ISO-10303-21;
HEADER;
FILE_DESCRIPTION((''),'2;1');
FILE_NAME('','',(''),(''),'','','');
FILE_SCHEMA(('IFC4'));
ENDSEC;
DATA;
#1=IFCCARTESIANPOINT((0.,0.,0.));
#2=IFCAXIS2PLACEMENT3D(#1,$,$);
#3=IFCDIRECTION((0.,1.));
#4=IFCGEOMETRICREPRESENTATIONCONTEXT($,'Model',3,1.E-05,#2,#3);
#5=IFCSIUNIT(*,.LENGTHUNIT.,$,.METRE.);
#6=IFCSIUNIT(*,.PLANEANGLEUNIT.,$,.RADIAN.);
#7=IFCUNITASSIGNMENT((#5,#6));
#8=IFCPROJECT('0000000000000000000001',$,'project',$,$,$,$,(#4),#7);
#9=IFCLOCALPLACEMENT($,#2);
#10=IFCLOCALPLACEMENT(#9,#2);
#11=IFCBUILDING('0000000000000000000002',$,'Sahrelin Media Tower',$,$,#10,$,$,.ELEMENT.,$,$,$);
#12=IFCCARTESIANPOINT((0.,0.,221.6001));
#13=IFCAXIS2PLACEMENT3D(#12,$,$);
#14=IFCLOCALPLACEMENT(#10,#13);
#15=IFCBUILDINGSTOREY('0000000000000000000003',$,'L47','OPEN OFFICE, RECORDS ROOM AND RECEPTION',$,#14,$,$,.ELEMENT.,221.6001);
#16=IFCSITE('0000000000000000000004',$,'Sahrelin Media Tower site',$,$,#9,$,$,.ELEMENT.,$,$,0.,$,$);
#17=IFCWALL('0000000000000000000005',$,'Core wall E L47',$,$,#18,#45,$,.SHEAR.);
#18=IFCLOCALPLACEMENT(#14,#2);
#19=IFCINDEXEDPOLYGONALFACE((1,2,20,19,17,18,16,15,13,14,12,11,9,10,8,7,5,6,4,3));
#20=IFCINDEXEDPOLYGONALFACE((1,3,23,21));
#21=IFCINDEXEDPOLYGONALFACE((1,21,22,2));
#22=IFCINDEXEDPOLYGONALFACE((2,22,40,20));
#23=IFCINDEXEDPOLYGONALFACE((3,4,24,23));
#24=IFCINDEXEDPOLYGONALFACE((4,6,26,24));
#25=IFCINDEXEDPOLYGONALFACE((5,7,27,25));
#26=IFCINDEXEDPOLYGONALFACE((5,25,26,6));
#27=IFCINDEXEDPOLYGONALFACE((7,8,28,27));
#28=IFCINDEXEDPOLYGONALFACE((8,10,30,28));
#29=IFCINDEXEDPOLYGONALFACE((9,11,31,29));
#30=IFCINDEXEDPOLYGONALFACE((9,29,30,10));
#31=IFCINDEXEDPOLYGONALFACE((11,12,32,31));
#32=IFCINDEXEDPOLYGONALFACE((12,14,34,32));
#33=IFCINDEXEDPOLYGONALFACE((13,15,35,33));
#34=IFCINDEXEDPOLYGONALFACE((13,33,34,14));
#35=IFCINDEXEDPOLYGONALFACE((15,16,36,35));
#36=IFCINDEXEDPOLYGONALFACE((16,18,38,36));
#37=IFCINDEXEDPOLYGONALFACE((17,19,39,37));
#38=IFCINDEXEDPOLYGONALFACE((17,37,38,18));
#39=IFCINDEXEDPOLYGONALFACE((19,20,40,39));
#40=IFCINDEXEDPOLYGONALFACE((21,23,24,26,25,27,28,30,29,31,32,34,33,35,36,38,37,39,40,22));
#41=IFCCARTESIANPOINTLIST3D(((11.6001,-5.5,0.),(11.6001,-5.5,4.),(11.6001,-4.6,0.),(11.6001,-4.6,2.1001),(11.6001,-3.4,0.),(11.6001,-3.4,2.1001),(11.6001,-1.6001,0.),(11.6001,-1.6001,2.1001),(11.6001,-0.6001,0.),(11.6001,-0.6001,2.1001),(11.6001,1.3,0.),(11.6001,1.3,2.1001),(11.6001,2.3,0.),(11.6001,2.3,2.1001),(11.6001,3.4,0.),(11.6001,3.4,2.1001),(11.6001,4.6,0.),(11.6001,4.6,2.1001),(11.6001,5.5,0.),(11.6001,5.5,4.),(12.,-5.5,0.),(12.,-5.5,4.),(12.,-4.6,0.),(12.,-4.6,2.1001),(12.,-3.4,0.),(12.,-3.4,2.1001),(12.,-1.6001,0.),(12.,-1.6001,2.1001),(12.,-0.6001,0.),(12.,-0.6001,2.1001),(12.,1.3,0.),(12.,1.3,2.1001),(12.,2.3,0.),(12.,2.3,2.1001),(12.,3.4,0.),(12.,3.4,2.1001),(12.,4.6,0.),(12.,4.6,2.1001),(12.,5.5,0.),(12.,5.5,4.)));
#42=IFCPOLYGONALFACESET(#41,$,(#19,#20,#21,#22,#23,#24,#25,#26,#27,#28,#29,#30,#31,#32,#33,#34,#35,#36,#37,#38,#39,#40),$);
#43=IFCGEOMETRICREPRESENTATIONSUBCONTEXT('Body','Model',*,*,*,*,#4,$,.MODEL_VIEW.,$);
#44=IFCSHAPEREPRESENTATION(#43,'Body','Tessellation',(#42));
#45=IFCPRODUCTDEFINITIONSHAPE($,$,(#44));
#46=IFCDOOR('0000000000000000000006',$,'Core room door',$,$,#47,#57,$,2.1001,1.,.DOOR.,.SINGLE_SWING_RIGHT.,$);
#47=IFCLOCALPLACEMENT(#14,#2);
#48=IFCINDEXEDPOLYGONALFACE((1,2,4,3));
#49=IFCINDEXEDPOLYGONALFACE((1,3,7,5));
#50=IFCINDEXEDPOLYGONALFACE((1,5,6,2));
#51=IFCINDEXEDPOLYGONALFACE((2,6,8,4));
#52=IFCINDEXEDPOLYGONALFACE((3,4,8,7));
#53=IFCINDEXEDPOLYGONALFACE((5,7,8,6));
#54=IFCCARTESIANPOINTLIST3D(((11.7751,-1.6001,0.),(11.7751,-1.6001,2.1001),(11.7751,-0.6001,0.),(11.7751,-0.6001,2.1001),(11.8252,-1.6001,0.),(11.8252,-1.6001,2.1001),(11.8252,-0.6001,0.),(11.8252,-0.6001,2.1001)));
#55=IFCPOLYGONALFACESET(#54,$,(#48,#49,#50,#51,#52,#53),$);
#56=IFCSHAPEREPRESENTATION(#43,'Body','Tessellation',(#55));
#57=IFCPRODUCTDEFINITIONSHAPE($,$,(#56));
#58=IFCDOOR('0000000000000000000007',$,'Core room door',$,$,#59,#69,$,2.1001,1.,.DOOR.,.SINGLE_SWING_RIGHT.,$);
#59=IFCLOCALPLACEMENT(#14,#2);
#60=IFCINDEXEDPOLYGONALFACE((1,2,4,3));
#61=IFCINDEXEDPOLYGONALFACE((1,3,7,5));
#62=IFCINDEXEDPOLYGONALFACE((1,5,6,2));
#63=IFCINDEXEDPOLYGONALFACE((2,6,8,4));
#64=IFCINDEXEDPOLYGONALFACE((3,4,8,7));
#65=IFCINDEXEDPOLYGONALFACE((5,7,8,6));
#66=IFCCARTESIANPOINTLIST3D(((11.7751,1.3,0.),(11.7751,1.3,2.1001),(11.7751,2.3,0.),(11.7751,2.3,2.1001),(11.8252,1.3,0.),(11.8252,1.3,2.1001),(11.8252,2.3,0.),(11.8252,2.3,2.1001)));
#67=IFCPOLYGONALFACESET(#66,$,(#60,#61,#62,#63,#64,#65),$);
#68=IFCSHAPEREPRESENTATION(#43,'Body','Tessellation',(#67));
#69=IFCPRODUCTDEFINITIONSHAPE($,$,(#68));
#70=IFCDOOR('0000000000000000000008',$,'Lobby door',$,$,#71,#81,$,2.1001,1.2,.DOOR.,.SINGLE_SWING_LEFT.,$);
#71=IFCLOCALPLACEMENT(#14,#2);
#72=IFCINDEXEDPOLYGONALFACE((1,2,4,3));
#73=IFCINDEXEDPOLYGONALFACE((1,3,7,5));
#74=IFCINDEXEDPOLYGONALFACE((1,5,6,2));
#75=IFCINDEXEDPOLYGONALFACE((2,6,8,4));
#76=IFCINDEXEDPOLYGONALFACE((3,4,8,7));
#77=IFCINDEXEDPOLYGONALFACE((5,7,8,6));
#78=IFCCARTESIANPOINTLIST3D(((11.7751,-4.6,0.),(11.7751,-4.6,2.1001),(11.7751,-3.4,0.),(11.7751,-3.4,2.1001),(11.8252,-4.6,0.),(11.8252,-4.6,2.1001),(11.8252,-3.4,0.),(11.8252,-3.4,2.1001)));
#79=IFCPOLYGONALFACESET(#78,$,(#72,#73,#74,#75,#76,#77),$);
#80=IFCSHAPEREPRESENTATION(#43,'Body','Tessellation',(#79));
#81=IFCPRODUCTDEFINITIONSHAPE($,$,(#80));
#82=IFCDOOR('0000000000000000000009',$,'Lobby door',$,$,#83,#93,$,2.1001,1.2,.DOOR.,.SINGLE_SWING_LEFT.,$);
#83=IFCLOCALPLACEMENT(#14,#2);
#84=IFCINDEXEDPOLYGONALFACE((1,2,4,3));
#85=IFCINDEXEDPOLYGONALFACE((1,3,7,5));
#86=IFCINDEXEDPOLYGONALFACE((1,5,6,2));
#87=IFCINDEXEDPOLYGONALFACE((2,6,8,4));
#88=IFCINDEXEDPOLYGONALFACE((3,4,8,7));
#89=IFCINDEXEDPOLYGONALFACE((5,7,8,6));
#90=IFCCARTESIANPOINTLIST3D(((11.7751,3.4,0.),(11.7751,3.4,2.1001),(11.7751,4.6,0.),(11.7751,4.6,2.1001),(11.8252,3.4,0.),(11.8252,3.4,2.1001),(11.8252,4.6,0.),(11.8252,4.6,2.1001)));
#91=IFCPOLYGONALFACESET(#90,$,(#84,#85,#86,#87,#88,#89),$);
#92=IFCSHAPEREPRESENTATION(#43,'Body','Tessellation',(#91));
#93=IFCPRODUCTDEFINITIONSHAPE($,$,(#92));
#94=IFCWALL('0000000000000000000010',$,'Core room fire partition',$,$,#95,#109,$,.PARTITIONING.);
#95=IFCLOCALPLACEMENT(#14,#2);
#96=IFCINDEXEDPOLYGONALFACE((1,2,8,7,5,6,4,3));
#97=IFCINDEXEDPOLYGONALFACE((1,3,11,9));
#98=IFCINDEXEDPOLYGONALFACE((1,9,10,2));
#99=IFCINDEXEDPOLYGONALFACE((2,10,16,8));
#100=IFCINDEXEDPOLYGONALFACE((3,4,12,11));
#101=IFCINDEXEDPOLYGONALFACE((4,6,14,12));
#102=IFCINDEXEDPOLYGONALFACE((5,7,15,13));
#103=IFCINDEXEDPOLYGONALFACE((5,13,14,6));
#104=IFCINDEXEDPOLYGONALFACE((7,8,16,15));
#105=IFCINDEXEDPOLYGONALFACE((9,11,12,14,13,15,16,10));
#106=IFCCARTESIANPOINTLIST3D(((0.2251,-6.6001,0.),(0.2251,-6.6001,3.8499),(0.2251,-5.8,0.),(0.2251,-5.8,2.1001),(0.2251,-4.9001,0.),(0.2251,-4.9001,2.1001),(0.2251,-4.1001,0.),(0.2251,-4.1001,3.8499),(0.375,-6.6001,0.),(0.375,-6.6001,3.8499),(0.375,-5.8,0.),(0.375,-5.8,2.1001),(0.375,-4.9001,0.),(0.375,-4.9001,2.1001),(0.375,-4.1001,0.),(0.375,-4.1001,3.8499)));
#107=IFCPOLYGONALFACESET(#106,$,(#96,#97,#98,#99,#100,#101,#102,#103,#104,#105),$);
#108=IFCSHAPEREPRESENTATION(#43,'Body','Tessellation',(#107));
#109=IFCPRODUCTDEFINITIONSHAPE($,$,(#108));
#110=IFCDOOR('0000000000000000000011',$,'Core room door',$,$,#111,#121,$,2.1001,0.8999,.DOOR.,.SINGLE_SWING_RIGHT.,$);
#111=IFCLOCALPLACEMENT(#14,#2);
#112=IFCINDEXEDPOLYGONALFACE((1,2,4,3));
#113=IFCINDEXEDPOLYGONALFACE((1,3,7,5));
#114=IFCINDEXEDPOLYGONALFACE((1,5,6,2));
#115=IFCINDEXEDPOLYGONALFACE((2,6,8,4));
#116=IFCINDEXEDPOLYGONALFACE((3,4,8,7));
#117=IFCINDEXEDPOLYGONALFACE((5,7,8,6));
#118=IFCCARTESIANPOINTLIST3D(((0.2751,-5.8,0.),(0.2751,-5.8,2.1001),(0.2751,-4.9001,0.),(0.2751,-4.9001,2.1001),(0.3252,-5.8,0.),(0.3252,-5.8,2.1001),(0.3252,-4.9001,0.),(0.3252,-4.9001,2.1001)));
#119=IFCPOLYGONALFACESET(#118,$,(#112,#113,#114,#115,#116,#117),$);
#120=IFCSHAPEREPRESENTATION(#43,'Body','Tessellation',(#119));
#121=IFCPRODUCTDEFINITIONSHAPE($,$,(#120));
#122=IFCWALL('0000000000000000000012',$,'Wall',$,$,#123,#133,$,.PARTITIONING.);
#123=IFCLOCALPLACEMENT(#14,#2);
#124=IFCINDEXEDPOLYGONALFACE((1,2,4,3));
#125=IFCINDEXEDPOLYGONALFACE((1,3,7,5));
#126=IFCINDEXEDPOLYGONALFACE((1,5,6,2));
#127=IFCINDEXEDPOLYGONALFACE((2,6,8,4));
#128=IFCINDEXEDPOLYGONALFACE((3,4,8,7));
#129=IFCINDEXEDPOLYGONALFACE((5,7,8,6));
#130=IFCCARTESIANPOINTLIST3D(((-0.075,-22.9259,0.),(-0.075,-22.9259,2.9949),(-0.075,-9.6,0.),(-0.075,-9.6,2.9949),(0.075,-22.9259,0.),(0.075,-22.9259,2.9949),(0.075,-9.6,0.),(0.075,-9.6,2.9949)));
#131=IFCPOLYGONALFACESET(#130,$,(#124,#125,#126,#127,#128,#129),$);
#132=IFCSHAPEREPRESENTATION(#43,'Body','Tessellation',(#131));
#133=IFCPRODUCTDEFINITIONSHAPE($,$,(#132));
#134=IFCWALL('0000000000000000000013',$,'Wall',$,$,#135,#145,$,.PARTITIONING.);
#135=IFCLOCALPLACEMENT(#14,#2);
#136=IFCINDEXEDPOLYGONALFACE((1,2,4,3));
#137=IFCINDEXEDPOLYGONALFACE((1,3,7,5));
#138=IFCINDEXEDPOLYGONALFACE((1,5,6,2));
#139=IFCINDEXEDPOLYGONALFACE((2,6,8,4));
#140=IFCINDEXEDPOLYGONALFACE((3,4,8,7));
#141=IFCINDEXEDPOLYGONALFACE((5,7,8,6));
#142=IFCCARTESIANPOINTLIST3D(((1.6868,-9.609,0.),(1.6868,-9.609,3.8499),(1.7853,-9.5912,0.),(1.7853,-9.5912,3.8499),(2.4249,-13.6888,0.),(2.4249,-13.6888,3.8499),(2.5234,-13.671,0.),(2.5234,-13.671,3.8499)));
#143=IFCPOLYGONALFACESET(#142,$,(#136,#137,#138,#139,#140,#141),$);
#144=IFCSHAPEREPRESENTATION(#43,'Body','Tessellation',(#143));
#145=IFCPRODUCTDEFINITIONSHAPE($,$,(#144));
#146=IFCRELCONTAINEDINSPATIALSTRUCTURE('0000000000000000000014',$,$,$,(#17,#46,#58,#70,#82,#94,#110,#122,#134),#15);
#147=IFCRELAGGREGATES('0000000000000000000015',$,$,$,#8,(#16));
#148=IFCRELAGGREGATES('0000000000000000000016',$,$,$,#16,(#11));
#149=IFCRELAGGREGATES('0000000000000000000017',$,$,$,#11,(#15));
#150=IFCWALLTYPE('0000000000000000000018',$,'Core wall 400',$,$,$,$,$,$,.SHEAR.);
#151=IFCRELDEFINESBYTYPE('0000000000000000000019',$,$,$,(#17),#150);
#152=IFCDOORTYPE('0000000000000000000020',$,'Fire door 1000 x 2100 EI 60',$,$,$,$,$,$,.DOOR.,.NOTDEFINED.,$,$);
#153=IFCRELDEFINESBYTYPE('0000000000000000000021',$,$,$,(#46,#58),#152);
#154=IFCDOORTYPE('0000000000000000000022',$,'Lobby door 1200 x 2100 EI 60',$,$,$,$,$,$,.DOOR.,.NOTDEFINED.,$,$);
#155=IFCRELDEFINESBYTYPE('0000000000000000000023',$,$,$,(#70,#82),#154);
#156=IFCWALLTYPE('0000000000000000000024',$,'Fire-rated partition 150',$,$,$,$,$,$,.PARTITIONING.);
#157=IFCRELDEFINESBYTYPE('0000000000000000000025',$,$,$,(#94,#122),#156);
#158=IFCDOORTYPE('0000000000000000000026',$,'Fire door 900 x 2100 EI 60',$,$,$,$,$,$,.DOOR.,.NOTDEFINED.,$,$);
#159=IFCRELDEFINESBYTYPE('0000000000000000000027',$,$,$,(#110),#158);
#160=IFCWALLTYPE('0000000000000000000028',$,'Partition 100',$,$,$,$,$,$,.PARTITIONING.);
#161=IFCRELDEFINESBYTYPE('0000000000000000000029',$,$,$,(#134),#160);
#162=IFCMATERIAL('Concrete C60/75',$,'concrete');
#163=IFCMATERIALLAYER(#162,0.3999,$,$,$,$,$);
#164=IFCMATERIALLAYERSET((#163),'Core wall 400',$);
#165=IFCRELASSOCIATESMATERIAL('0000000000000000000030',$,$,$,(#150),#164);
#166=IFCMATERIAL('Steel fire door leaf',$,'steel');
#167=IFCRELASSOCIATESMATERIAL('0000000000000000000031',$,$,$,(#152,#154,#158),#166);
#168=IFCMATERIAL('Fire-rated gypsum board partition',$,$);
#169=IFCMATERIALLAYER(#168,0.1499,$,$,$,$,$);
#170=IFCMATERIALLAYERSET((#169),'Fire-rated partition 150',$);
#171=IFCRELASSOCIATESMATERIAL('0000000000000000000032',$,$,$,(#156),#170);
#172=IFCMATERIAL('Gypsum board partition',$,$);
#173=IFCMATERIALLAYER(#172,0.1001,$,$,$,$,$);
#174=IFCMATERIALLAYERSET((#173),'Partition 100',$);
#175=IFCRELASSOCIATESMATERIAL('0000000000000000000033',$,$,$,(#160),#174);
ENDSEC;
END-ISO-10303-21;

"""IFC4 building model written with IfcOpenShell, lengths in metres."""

from ifc_helpers import new_model, si_unit, direction, frame, frame_2d, origin, place, context, subcontext, project, spatial, rectangle, extrude, material, layer, layer_set, type_object, element, fill, save


model = new_model("IFC4")

# Units and contexts
model_context = context("Model", 3, precision=1e-05, world=origin(), true_north=direction((0.0, 1.0)))
body_context = subcontext(model_context, "Body", "Model", "MODEL_VIEW")
ifc_project = project(units=[si_unit("LENGTHUNIT", "METRE"), si_unit("PLANEANGLEUNIT", "RADIAN")], contexts=[model_context])

# Site, building, storey
site_placement = place(None, origin())
site = spatial("IfcSite", under=ifc_project, at=site_placement, Name="Sahrelin Media Tower site", CompositionType="ELEMENT", RefElevation=0.0)
building_placement = place(site_placement, origin())
building = spatial("IfcBuilding", under=site, at=building_placement, Name="Sahrelin Media Tower", CompositionType="ELEMENT")
storey_placement = place(building_placement, frame((0.0, 0.0, 221.6001)))
storey = spatial("IfcBuildingStorey", under=building, at=storey_placement, Name="L47", Description="OPEN OFFICE, RECORDS ROOM AND RECEPTION", CompositionType="ELEMENT", Elevation=221.6001)

# Wall, openings, doors
ifc_material_1 = material(Name="Concrete C60/75", Category="concrete")
ifc_layer_1 = layer(ifc_material_1, 0.3999)
ifc_layer_set_1 = layer_set([ifc_layer_1], Name="Core wall 400")
wall_type_1 = type_object("IfcWallType", Name="Core wall 400", PredefinedType="SHEAR", material=ifc_layer_set_1)
wall_1_placement = place(storey_placement, frame((11.8, -5.5, 0.0), z_axis=(0.0, 0.0, 1.0), x_axis=(0.0, 1.0, 0.0)))
wall_1 = element("IfcWall", 1, at=wall_1_placement, inside=storey, type_object=wall_type_1, Name="Core wall E L47", PredefinedType="SHEAR", context=body_context, shape_type="SweptSolid", body=[
    extrude(rectangle(XDim=11.0, YDim=0.3999, at=frame_2d((5.5, 0.0))), origin(), (0.0, 0.0, 1.0), 4.0),
])
opening_1_placement = place(wall_1_placement, frame((3.8999, 0.0, 0.0)))
opening_1 = element("IfcOpeningElement", 2, at=opening_1_placement, cuts=wall_1, PredefinedType="OPENING", context=body_context, shape_type="SweptSolid", body=[
    extrude(rectangle(XDim=1.0, YDim=2.1001, at=frame_2d((0.5, 1.05))), frame((0.0, 0.2, 0.0), z_axis=(0.0, -1.0, 0.0), x_axis=(1.0, 0.0, 0.0)), (0.0, 0.0, 1.0), 0.3999),
])
opening_2_placement = place(wall_1_placement, frame((6.8, 0.0, 0.0)))
opening_2 = element("IfcOpeningElement", 3, at=opening_2_placement, cuts=wall_1, PredefinedType="OPENING", context=body_context, shape_type="SweptSolid", body=[
    extrude(rectangle(XDim=1.0, YDim=2.1001, at=frame_2d((0.5, 1.05))), frame((0.0, 0.2, 0.0), z_axis=(0.0, -1.0, 0.0), x_axis=(1.0, 0.0, 0.0)), (0.0, 0.0, 1.0), 0.3999),
])
opening_3_placement = place(wall_1_placement, frame((0.8999, 0.0, 0.0)))
opening_3 = element("IfcOpeningElement", 4, at=opening_3_placement, cuts=wall_1, PredefinedType="OPENING", context=body_context, shape_type="SweptSolid", body=[
    extrude(rectangle(XDim=1.2, YDim=2.1001, at=frame_2d((0.6001, 1.05))), frame((0.0, 0.2, 0.0), z_axis=(0.0, -1.0, 0.0), x_axis=(1.0, 0.0, 0.0)), (0.0, 0.0, 1.0), 0.3999),
])
opening_4_placement = place(wall_1_placement, frame((8.8999, 0.0, 0.0)))
opening_4 = element("IfcOpeningElement", 5, at=opening_4_placement, cuts=wall_1, PredefinedType="OPENING", context=body_context, shape_type="SweptSolid", body=[
    extrude(rectangle(XDim=1.2, YDim=2.1001, at=frame_2d((0.6001, 1.05))), frame((0.0, 0.2, 0.0), z_axis=(0.0, -1.0, 0.0), x_axis=(1.0, 0.0, 0.0)), (0.0, 0.0, 1.0), 0.3999),
])
ifc_material_2 = material(Name="Steel fire door leaf", Category="steel")
door_type_1 = type_object("IfcDoorType", Name="Fire door 1000 x 2100 EI 60", OperationType="NOTDEFINED", PredefinedType="DOOR", material=ifc_material_2)
door_1_placement = place(opening_1_placement, origin())
door_1 = element("IfcDoor", 6, at=door_1_placement, inside=storey, type_object=door_type_1, Name="Core room door", OperationType="SINGLE_SWING_RIGHT", OverallHeight=2.1001, OverallWidth=1.0, PredefinedType="DOOR", context=body_context, shape_type="SweptSolid", body=[
    extrude(rectangle(XDim=1.0, YDim=2.1001, at=frame_2d((0.5, 1.05))), frame((0.0, 0.0249, 0.0), z_axis=(0.0, -1.0, 0.0), x_axis=(1.0, 0.0, 0.0)), (0.0, 0.0, 1.0), 0.05),
])
fill(opening_1, door_1)
door_2_placement = place(opening_2_placement, origin())
door_2 = element("IfcDoor", 7, at=door_2_placement, inside=storey, type_object=door_type_1, Name="Core room door", OperationType="SINGLE_SWING_RIGHT", OverallHeight=2.1001, OverallWidth=1.0, PredefinedType="DOOR", context=body_context, shape_type="SweptSolid", body=[
    extrude(rectangle(XDim=1.0, YDim=2.1001, at=frame_2d((0.5, 1.05))), frame((0.0, 0.0249, 0.0), z_axis=(0.0, -1.0, 0.0), x_axis=(1.0, 0.0, 0.0)), (0.0, 0.0, 1.0), 0.05),
])
fill(opening_2, door_2)
door_type_2 = type_object("IfcDoorType", Name="Lobby door 1200 x 2100 EI 60", OperationType="NOTDEFINED", PredefinedType="DOOR", material=ifc_material_2)
door_3_placement = place(opening_3_placement, origin())
door_3 = element("IfcDoor", 8, at=door_3_placement, inside=storey, type_object=door_type_2, Name="Lobby door", OperationType="SINGLE_SWING_LEFT", OverallHeight=2.1001, OverallWidth=1.2, PredefinedType="DOOR", context=body_context, shape_type="SweptSolid", body=[
    extrude(rectangle(XDim=1.2, YDim=2.1001, at=frame_2d((0.6001, 1.05))), frame((0.0, 0.0249, 0.0), z_axis=(0.0, -1.0, 0.0), x_axis=(1.0, 0.0, 0.0)), (0.0, 0.0, 1.0), 0.05),
])
fill(opening_3, door_3)
door_4_placement = place(opening_4_placement, origin())
door_4 = element("IfcDoor", 9, at=door_4_placement, inside=storey, type_object=door_type_2, Name="Lobby door", OperationType="SINGLE_SWING_LEFT", OverallHeight=2.1001, OverallWidth=1.2, PredefinedType="DOOR", context=body_context, shape_type="SweptSolid", body=[
    extrude(rectangle(XDim=1.2, YDim=2.1001, at=frame_2d((0.6001, 1.05))), frame((0.0, 0.0249, 0.0), z_axis=(0.0, -1.0, 0.0), x_axis=(1.0, 0.0, 0.0)), (0.0, 0.0, 1.0), 0.05),
])
fill(opening_4, door_4)

# Wall, opening, door
ifc_material_3 = material(Name="Fire-rated gypsum board partition")
ifc_layer_2 = layer(ifc_material_3, 0.1499)
ifc_layer_set_2 = layer_set([ifc_layer_2], Name="Fire-rated partition 150")
wall_type_2 = type_object("IfcWallType", Name="Fire-rated partition 150", PredefinedType="PARTITIONING", material=ifc_layer_set_2)
wall_2_placement = place(storey_placement, frame((0.3, -6.6001, 0.0), z_axis=(0.0, 0.0, 1.0), x_axis=(0.0, 1.0, 0.0)))
wall_2 = element("IfcWall", 10, at=wall_2_placement, inside=storey, type_object=wall_type_2, Name="Core room fire partition", PredefinedType="PARTITIONING", context=body_context, shape_type="SweptSolid", body=[
    extrude(rectangle(XDim=2.5, YDim=0.1499, at=frame_2d((1.25, 0.0))), origin(), (0.0, 0.0, 1.0), 3.8499),
])
opening_5_placement = place(wall_2_placement, frame((0.8, 0.0, 0.0)))
opening_5 = element("IfcOpeningElement", 11, at=opening_5_placement, cuts=wall_2, PredefinedType="OPENING", context=body_context, shape_type="SweptSolid", body=[
    extrude(rectangle(XDim=0.8999, YDim=2.1001, at=frame_2d((0.45, 1.05))), frame((0.0, 0.075, 0.0), z_axis=(0.0, -1.0, 0.0), x_axis=(1.0, 0.0, 0.0)), (0.0, 0.0, 1.0), 0.1499),
])
door_type_3 = type_object("IfcDoorType", Name="Fire door 900 x 2100 EI 60", OperationType="NOTDEFINED", PredefinedType="DOOR", material=ifc_material_2)
door_5_placement = place(opening_5_placement, origin())
door_5 = element("IfcDoor", 12, at=door_5_placement, inside=storey, type_object=door_type_3, Name="Core room door", OperationType="SINGLE_SWING_RIGHT", OverallHeight=2.1001, OverallWidth=0.8999, PredefinedType="DOOR", context=body_context, shape_type="SweptSolid", body=[
    extrude(rectangle(XDim=0.8999, YDim=2.1001, at=frame_2d((0.45, 1.05))), frame((0.0, 0.0249, 0.0), z_axis=(0.0, -1.0, 0.0), x_axis=(1.0, 0.0, 0.0)), (0.0, 0.0, 1.0), 0.05),
])
fill(opening_5, door_5)

# Walls
wall_3_placement = place(storey_placement, frame((0.0, -22.926, 0.0), z_axis=(0.0, 0.0, 1.0), x_axis=(0.0, 1.0, 0.0)))
element("IfcWall", 13, at=wall_3_placement, inside=storey, type_object=wall_type_2, Name="Wall", PredefinedType="PARTITIONING", context=body_context, shape_type="SweptSolid", body=[
    extrude(rectangle(XDim=13.3259, YDim=0.1499, at=frame_2d((6.6631, 0.0))), origin(), (0.0, 0.0, 1.0), 2.9949),
])
ifc_material_4 = material(Name="Gypsum board partition")
ifc_layer_3 = layer(ifc_material_4, 0.1001)
ifc_layer_set_3 = layer_set([ifc_layer_3], Name="Partition 100")
wall_type_3 = type_object("IfcWallType", Name="Partition 100", PredefinedType="PARTITIONING", material=ifc_layer_set_3)
wall_4_placement = place(storey_placement, frame((1.7361, -9.6001, 0.0), z_axis=(0.0, 0.0, 1.0), x_axis=(0.17801, -0.984029, 0.0)))
element("IfcWall", 14, at=wall_4_placement, inside=storey, type_object=wall_type_3, Name="Wall", PredefinedType="PARTITIONING", context=body_context, shape_type="SweptSolid", body=[
    extrude(rectangle(XDim=4.146, YDim=0.1001, at=frame_2d((2.073, 0.0))), origin(), (0.0, 0.0, 1.0), 3.8499),
])

save(model, "model.ifc")
